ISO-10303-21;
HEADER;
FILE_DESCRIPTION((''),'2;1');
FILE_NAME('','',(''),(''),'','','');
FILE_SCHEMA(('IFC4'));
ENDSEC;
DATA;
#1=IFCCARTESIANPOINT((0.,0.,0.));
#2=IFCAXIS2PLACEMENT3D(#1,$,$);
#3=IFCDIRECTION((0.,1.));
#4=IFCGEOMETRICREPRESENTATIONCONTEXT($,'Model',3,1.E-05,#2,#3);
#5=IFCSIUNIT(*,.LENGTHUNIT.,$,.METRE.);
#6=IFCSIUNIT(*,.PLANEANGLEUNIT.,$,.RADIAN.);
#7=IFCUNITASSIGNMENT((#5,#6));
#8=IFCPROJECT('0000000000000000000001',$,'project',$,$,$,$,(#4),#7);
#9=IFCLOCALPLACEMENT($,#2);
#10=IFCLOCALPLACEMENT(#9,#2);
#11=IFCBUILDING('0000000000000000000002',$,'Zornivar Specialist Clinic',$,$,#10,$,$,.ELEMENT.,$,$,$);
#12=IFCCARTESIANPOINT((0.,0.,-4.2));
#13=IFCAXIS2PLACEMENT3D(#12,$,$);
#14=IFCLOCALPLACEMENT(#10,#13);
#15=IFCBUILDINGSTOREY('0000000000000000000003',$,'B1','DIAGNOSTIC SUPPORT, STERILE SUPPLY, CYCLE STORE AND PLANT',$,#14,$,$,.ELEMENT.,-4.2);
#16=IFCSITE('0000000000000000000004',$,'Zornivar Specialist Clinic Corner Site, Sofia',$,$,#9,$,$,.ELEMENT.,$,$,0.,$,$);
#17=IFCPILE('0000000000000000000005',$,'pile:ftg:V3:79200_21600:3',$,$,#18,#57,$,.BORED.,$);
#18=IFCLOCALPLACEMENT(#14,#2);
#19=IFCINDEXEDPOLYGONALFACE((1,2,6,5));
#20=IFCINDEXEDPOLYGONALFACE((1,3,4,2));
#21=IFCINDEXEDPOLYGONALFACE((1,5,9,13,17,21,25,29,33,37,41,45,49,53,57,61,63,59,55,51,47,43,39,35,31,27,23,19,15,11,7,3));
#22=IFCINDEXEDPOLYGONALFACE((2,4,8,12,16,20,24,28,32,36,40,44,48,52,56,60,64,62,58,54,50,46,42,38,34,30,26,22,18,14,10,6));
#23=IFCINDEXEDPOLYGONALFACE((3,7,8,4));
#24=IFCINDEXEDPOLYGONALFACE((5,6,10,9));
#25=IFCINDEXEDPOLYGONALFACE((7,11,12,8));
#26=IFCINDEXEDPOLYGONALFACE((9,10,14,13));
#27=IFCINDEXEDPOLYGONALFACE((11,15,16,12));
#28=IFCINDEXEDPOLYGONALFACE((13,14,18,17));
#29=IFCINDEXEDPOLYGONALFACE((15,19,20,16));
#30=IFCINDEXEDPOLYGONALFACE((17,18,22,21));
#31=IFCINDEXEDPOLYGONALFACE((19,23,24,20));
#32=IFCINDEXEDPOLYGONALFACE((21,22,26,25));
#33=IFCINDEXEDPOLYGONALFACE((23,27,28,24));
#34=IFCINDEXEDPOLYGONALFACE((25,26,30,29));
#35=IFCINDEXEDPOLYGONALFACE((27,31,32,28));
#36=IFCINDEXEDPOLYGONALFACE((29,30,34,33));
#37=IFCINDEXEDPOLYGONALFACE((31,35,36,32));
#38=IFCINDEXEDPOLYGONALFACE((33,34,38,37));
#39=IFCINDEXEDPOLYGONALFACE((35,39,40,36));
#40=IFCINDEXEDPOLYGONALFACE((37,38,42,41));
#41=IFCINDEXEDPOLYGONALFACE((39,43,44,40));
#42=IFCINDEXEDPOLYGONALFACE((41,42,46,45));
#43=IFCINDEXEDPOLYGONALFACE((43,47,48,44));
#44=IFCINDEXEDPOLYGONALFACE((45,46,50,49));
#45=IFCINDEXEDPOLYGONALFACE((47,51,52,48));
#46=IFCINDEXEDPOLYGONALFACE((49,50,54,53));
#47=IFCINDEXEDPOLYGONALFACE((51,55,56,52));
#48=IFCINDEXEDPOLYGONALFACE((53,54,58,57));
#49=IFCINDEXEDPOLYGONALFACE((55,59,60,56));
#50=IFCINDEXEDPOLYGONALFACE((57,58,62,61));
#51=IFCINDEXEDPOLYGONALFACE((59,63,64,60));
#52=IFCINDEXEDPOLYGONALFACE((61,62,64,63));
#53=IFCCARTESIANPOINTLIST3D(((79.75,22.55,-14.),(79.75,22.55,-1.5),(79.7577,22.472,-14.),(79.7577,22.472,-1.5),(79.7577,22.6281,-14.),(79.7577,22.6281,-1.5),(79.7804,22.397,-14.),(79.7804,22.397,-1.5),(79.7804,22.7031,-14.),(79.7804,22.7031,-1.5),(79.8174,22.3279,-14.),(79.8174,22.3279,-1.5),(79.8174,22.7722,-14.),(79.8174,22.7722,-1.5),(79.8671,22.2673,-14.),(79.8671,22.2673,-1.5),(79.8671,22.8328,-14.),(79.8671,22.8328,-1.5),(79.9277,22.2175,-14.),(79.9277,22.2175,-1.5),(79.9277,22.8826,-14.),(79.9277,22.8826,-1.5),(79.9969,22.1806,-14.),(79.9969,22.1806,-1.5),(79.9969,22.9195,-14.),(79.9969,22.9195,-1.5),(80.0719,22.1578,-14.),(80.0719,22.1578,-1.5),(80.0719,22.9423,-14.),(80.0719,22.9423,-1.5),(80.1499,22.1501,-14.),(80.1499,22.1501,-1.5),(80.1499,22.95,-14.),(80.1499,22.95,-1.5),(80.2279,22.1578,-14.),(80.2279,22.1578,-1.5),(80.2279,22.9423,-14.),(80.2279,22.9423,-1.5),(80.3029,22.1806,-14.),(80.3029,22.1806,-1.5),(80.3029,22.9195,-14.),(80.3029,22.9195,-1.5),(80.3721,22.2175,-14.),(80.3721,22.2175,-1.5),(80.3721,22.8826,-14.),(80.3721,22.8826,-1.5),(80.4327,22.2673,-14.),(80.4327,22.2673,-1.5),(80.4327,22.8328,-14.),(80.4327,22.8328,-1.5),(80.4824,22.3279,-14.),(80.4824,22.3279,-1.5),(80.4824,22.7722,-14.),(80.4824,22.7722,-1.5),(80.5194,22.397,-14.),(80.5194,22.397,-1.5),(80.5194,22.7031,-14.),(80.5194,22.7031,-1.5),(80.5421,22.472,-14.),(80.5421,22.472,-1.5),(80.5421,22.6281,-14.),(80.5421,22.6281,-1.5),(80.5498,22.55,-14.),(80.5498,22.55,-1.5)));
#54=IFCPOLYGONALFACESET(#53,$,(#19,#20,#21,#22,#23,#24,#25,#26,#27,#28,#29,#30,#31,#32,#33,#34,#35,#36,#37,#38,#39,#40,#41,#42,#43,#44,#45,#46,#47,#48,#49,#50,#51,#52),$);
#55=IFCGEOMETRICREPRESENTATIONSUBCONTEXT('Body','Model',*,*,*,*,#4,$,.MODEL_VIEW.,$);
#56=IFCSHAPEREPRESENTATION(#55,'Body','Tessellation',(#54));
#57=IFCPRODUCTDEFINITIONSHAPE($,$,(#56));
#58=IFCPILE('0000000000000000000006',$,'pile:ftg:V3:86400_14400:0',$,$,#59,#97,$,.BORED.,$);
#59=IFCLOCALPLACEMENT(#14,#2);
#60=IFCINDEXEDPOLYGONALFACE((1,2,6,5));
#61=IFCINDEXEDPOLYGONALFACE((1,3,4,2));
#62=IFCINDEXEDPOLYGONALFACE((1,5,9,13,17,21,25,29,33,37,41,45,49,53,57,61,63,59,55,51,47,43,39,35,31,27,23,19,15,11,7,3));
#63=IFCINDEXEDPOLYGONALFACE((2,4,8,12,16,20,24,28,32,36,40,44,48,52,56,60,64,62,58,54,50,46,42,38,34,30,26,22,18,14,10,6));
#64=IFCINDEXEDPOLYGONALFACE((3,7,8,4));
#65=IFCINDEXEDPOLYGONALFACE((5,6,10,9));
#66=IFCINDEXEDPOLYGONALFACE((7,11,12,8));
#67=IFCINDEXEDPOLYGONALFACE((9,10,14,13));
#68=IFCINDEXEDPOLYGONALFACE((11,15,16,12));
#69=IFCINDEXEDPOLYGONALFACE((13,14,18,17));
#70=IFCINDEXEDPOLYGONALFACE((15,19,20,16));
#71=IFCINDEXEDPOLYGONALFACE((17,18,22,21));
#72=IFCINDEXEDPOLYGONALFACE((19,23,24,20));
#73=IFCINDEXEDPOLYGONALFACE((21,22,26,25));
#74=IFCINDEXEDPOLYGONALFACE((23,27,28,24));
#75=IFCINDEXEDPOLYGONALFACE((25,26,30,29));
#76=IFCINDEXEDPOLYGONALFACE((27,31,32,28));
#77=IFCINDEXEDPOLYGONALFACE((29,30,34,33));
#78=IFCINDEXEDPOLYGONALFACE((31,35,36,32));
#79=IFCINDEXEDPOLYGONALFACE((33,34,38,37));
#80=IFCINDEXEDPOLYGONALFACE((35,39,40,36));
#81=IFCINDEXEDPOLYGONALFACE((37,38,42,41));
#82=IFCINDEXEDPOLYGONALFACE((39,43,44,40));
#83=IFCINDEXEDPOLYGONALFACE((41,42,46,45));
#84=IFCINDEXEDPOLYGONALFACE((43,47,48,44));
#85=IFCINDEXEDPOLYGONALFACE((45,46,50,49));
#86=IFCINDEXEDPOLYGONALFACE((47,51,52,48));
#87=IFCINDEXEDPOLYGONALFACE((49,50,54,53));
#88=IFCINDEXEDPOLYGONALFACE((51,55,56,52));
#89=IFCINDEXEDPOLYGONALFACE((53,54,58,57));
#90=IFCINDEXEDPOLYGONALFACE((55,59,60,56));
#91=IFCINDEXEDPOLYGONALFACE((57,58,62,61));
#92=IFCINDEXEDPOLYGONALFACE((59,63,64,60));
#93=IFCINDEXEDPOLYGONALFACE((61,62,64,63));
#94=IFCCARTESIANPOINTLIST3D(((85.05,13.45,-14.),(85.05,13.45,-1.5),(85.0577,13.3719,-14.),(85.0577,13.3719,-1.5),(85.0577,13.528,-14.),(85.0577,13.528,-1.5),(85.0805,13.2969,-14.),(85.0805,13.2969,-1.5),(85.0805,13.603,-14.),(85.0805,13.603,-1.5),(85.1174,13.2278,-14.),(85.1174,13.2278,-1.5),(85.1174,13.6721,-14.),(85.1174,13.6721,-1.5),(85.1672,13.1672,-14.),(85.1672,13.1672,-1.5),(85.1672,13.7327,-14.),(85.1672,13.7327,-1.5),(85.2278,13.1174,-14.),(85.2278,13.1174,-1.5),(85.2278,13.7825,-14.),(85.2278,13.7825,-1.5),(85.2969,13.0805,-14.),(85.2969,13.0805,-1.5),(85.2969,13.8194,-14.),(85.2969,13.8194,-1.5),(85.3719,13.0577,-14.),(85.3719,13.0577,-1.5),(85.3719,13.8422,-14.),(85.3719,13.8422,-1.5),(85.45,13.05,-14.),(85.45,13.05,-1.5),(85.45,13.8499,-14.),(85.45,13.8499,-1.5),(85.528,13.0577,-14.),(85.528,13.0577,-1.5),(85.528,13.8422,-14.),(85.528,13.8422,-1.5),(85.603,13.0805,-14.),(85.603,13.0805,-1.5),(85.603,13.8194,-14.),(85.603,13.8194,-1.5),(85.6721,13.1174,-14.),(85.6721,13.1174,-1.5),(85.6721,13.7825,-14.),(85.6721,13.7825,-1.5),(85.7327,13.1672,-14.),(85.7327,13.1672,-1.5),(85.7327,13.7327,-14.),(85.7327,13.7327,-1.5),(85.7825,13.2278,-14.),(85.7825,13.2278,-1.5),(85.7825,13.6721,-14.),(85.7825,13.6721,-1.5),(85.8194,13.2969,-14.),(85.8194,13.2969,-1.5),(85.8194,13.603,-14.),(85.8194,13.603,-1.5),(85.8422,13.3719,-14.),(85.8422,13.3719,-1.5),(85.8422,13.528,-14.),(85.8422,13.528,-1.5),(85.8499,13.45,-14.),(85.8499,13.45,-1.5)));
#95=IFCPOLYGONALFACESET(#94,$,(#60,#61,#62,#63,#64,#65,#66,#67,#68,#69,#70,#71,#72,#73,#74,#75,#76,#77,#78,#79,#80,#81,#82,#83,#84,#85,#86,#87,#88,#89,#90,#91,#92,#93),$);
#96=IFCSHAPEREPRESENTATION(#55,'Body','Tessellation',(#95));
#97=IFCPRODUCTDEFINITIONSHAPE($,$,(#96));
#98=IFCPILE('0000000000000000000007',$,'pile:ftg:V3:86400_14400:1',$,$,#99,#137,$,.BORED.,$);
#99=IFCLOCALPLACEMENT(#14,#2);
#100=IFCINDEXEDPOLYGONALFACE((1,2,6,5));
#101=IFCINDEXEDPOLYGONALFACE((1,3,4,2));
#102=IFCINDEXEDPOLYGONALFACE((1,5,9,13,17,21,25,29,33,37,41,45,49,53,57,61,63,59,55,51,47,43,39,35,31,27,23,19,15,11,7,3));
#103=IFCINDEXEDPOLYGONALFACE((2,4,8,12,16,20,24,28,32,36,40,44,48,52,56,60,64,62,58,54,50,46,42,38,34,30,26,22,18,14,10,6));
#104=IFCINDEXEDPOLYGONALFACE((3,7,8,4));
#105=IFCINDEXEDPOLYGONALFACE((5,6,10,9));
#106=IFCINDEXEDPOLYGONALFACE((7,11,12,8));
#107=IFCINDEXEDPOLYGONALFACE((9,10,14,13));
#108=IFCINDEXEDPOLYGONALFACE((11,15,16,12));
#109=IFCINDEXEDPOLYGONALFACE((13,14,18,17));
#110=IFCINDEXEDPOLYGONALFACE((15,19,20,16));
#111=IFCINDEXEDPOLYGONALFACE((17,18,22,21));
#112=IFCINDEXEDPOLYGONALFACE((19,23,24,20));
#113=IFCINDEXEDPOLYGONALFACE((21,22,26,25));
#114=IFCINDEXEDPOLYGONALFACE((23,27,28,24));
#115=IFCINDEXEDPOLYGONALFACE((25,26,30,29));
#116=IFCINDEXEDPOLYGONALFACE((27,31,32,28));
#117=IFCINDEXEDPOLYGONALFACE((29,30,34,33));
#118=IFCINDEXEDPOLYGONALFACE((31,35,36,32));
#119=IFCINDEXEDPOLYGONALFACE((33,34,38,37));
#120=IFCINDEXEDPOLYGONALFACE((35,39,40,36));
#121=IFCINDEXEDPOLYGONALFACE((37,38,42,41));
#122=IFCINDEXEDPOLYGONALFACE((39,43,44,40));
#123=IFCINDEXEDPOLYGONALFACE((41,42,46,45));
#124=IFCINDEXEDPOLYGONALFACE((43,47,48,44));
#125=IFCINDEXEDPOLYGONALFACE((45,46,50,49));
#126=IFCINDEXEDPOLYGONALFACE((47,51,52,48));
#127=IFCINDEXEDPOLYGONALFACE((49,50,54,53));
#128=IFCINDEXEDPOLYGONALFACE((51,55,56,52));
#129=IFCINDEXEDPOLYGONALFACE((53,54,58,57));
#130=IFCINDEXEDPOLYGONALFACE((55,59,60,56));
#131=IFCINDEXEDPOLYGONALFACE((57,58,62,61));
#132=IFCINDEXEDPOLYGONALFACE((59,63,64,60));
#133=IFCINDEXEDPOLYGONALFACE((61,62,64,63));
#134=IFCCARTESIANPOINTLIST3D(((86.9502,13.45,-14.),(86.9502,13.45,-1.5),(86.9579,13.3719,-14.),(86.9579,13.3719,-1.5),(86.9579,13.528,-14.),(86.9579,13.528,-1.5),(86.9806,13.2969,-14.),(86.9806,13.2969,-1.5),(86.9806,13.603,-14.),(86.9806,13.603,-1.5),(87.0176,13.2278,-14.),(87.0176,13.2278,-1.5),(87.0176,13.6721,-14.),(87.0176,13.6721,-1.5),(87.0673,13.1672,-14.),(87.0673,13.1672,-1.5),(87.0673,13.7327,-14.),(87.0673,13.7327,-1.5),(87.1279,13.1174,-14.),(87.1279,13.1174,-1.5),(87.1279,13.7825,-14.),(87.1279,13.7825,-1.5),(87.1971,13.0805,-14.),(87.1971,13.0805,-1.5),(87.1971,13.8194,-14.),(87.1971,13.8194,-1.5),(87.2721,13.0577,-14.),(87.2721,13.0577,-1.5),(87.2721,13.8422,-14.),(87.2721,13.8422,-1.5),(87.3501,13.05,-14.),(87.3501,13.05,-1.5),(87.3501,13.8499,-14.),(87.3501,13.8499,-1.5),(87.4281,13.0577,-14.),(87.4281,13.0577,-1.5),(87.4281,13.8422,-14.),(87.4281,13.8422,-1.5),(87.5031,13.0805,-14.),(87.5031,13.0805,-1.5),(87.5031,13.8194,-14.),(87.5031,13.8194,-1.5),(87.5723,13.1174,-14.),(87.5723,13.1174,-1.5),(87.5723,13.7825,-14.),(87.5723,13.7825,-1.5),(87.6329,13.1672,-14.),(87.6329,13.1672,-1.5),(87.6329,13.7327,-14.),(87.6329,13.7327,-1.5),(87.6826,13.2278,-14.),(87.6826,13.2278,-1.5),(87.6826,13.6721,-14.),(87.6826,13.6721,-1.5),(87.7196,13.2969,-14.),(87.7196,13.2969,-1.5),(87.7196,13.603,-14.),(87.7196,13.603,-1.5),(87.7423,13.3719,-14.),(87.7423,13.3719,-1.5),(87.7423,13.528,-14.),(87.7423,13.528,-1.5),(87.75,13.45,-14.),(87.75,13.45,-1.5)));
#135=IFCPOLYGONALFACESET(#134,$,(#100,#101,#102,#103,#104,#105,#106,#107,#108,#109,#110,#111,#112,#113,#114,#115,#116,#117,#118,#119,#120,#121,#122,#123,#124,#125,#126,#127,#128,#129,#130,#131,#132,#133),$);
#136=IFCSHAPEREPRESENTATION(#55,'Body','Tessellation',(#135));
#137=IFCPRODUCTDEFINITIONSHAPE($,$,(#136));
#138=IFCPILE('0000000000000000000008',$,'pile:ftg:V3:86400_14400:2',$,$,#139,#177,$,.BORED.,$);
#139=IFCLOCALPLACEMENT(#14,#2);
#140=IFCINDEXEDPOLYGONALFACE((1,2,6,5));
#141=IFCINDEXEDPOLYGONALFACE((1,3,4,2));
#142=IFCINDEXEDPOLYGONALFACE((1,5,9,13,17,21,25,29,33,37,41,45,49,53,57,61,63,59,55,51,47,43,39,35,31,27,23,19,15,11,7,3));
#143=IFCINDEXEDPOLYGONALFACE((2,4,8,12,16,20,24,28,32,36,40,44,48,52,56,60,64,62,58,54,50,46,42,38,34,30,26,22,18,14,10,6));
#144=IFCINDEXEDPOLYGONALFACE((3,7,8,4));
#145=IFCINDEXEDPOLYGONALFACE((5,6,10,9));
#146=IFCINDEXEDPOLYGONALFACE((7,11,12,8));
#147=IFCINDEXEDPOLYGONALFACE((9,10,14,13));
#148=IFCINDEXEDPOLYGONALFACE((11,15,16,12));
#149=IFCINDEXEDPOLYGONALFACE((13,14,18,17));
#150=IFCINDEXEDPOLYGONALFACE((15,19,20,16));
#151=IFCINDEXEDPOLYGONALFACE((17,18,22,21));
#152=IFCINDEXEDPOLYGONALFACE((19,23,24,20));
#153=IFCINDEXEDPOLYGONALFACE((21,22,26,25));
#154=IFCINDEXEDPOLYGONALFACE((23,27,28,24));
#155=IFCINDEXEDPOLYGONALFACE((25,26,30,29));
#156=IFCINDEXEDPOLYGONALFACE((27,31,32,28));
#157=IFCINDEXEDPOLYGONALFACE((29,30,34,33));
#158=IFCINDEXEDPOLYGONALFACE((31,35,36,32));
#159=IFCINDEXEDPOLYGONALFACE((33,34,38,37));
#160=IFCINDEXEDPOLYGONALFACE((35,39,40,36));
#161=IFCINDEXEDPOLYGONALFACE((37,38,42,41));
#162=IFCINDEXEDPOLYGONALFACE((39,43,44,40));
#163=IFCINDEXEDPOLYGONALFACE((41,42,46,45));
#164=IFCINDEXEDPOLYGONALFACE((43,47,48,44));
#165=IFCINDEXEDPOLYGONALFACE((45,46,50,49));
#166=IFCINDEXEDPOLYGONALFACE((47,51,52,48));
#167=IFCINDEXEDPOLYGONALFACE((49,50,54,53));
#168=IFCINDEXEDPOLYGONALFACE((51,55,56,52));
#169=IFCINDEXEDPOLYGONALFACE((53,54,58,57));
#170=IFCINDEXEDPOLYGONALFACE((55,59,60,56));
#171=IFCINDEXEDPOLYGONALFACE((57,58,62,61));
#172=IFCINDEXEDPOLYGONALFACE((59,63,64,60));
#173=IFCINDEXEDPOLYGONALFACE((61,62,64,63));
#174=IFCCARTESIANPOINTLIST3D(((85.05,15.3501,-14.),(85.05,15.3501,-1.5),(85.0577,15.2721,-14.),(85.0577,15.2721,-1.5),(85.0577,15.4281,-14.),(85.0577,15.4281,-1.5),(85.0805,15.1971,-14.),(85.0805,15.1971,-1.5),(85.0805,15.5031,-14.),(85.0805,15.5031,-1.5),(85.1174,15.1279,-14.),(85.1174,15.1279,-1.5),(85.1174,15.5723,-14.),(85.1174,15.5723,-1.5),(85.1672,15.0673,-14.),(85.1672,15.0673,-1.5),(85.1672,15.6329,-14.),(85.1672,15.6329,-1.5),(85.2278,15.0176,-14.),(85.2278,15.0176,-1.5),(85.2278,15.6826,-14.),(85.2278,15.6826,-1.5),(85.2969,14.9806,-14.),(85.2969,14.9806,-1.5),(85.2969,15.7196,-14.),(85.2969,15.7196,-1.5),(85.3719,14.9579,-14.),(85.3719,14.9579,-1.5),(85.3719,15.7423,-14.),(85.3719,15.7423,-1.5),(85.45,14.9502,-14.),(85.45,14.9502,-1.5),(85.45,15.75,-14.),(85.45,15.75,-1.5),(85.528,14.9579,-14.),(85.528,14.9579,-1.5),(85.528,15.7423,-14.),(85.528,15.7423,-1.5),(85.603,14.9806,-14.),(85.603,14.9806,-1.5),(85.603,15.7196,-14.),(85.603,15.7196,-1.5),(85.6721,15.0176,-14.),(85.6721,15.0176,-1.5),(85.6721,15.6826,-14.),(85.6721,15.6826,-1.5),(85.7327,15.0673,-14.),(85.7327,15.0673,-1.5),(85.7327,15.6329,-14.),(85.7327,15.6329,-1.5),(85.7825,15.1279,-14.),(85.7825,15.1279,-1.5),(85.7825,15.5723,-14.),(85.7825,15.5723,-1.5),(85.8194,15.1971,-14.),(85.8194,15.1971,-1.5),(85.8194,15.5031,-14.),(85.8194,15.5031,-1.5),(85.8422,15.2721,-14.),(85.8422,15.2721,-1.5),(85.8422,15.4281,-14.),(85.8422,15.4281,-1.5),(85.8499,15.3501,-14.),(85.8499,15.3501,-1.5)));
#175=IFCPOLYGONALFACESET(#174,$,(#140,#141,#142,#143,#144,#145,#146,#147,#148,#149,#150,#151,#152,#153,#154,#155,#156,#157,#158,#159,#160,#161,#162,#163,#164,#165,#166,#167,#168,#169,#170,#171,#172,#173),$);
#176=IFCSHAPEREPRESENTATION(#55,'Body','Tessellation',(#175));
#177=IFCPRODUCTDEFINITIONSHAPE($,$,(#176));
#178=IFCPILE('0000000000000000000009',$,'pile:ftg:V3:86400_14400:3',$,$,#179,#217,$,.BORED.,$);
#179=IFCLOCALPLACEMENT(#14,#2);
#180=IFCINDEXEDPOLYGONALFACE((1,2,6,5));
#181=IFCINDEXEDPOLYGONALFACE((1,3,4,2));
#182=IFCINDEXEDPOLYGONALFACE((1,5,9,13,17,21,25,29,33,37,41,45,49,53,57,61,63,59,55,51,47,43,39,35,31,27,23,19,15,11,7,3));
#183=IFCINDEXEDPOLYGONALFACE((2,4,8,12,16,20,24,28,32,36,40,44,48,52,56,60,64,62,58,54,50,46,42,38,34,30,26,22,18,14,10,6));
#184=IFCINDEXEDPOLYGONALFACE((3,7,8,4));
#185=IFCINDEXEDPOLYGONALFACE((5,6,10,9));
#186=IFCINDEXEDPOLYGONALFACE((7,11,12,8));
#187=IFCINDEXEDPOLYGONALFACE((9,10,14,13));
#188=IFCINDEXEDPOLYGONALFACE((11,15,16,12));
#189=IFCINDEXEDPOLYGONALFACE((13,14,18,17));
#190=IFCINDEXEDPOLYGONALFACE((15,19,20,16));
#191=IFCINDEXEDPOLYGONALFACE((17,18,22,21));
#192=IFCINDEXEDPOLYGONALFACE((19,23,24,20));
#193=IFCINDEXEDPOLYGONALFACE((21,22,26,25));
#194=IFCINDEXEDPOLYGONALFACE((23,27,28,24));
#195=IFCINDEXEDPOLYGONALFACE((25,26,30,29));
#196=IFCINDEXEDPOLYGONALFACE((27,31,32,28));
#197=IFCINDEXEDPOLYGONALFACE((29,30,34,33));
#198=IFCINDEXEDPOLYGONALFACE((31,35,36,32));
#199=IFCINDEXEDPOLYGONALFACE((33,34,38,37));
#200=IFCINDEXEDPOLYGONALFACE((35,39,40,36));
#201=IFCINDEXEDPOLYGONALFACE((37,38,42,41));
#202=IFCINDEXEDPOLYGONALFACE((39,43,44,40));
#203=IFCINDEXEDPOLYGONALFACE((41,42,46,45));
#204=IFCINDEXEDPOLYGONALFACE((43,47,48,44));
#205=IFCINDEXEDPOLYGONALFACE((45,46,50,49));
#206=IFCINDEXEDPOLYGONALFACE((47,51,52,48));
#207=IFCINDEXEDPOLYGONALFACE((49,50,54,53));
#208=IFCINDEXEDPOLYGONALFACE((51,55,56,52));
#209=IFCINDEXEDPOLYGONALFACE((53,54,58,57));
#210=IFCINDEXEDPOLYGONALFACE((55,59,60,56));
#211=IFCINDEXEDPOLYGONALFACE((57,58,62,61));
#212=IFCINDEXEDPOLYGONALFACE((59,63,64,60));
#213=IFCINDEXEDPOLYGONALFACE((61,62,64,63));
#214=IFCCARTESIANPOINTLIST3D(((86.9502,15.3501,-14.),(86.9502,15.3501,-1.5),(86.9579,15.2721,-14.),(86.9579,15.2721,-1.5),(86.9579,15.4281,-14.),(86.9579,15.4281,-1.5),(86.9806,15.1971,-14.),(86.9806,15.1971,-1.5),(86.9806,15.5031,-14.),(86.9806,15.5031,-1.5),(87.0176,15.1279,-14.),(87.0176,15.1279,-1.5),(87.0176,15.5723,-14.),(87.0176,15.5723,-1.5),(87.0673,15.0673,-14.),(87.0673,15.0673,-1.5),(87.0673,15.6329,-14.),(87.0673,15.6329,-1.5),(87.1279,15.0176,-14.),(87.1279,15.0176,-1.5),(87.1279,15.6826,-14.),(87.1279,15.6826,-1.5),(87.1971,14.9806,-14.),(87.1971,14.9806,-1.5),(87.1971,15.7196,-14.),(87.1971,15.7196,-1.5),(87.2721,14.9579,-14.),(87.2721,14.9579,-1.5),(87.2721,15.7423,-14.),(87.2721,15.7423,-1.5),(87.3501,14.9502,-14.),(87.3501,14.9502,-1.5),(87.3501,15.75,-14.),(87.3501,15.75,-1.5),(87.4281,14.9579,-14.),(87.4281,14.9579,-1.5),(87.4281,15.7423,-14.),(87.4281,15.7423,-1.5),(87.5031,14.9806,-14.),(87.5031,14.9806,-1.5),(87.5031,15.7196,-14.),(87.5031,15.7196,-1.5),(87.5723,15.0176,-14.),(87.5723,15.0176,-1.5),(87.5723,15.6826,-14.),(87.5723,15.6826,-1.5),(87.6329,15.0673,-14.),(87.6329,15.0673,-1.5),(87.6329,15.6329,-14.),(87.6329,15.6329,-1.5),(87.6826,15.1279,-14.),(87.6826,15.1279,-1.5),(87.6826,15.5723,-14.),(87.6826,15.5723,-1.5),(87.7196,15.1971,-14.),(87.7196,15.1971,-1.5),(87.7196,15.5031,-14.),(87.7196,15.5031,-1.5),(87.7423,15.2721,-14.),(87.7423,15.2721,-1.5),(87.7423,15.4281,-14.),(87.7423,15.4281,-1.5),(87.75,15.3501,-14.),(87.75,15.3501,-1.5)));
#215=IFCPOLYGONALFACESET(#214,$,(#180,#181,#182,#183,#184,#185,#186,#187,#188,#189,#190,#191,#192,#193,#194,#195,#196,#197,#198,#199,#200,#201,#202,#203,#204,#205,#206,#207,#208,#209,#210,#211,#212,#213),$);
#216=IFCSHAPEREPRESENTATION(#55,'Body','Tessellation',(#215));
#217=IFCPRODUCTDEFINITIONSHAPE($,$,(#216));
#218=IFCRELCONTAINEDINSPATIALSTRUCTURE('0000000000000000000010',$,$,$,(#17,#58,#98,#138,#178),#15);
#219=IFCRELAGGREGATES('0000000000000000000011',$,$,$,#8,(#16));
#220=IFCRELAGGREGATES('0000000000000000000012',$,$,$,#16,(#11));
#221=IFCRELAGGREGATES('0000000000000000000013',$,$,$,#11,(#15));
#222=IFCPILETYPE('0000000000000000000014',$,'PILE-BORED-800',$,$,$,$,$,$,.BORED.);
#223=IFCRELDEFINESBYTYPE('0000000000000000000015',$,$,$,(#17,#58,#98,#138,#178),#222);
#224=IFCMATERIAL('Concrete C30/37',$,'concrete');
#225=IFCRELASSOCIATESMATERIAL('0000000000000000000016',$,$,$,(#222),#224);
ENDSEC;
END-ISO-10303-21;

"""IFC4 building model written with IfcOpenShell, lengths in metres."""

from ifc_helpers import new_model, si_unit, direction, frame, origin, origin_2d, place, context, subcontext, project, spatial, circle, extrude, material, material_profile, profile_set, type_object, element, save


model = new_model("IFC4")

# Units and contexts
model_context = context("Model", 3, precision=1e-05, world=origin(), true_north=direction((0.0, 1.0)))
body_context = subcontext(model_context, "Body", "Model", "MODEL_VIEW")
ifc_project = project(units=[si_unit("LENGTHUNIT", "METRE"), si_unit("PLANEANGLEUNIT", "RADIAN")], contexts=[model_context])

# Site, building, storey
site_placement = place(None, origin())
site = spatial("IfcSite", under=ifc_project, at=site_placement, Name="Zornivar Specialist Clinic Corner Site, Sofia", CompositionType="ELEMENT", RefElevation=0.0)
building_placement = place(site_placement, origin())
building = spatial("IfcBuilding", under=site, at=building_placement, Name="Zornivar Specialist Clinic", CompositionType="ELEMENT")
storey_placement = place(building_placement, frame((0.0, 0.0, -4.2)))
storey = spatial("IfcBuildingStorey", under=building, at=storey_placement, Name="B1", Description="DIAGNOSTIC SUPPORT, STERILE SUPPLY, CYCLE STORE AND PLANT", CompositionType="ELEMENT", Elevation=-4.2)

# Piles
ifc_material_1 = material(Name="Concrete C30/37", Category="concrete")
ifc_material_profile_1 = material_profile(ifc_material_1, circle(Radius=0.3999, at=origin_2d()), Name="PILE D800")
ifc_profile_set_1 = profile_set([ifc_material_profile_1], Name="Concrete C30/37")
pile_type = type_object("IfcPileType", Name="PILE-BORED-800", PredefinedType="BORED", material=ifc_profile_set_1)
for number, where, z_axis, x_axis, name in (
    (1, (80.1499, 22.55, -1.5), (0.0, 0.0, -1.0), (1.0, 0.0, 0.0), "pile:ftg:V3:79200_21600:3"),
    (2, (85.45, 13.45, -1.5), (0.0, 0.0, -1.0), (1.0, 0.0, 0.0), "pile:ftg:V3:86400_14400:0"),
    (3, (87.3501, 13.45, -1.5), (0.0, 0.0, -1.0), (1.0, 0.0, 0.0), "pile:ftg:V3:86400_14400:1"),
    (4, (85.45, 15.3501, -1.5), (0.0, 0.0, -1.0), (1.0, 0.0, 0.0), "pile:ftg:V3:86400_14400:2"),
    (5, (87.3501, 15.3501, -1.5), (0.0, 0.0, -1.0), (1.0, 0.0, 0.0), "pile:ftg:V3:86400_14400:3"),
):
    element("IfcPile", number, at=place(storey_placement, frame(where, z_axis=z_axis, x_axis=x_axis)), inside=storey, type_object=pile_type, Name=name, PredefinedType="BORED", context=body_context, shape_type="SweptSolid", body=[
        extrude(circle(Radius=0.3999, at=origin_2d()), origin(), (0.0, 0.0, 1.0), 12.5),
    ])

save(model, "model.ifc")
